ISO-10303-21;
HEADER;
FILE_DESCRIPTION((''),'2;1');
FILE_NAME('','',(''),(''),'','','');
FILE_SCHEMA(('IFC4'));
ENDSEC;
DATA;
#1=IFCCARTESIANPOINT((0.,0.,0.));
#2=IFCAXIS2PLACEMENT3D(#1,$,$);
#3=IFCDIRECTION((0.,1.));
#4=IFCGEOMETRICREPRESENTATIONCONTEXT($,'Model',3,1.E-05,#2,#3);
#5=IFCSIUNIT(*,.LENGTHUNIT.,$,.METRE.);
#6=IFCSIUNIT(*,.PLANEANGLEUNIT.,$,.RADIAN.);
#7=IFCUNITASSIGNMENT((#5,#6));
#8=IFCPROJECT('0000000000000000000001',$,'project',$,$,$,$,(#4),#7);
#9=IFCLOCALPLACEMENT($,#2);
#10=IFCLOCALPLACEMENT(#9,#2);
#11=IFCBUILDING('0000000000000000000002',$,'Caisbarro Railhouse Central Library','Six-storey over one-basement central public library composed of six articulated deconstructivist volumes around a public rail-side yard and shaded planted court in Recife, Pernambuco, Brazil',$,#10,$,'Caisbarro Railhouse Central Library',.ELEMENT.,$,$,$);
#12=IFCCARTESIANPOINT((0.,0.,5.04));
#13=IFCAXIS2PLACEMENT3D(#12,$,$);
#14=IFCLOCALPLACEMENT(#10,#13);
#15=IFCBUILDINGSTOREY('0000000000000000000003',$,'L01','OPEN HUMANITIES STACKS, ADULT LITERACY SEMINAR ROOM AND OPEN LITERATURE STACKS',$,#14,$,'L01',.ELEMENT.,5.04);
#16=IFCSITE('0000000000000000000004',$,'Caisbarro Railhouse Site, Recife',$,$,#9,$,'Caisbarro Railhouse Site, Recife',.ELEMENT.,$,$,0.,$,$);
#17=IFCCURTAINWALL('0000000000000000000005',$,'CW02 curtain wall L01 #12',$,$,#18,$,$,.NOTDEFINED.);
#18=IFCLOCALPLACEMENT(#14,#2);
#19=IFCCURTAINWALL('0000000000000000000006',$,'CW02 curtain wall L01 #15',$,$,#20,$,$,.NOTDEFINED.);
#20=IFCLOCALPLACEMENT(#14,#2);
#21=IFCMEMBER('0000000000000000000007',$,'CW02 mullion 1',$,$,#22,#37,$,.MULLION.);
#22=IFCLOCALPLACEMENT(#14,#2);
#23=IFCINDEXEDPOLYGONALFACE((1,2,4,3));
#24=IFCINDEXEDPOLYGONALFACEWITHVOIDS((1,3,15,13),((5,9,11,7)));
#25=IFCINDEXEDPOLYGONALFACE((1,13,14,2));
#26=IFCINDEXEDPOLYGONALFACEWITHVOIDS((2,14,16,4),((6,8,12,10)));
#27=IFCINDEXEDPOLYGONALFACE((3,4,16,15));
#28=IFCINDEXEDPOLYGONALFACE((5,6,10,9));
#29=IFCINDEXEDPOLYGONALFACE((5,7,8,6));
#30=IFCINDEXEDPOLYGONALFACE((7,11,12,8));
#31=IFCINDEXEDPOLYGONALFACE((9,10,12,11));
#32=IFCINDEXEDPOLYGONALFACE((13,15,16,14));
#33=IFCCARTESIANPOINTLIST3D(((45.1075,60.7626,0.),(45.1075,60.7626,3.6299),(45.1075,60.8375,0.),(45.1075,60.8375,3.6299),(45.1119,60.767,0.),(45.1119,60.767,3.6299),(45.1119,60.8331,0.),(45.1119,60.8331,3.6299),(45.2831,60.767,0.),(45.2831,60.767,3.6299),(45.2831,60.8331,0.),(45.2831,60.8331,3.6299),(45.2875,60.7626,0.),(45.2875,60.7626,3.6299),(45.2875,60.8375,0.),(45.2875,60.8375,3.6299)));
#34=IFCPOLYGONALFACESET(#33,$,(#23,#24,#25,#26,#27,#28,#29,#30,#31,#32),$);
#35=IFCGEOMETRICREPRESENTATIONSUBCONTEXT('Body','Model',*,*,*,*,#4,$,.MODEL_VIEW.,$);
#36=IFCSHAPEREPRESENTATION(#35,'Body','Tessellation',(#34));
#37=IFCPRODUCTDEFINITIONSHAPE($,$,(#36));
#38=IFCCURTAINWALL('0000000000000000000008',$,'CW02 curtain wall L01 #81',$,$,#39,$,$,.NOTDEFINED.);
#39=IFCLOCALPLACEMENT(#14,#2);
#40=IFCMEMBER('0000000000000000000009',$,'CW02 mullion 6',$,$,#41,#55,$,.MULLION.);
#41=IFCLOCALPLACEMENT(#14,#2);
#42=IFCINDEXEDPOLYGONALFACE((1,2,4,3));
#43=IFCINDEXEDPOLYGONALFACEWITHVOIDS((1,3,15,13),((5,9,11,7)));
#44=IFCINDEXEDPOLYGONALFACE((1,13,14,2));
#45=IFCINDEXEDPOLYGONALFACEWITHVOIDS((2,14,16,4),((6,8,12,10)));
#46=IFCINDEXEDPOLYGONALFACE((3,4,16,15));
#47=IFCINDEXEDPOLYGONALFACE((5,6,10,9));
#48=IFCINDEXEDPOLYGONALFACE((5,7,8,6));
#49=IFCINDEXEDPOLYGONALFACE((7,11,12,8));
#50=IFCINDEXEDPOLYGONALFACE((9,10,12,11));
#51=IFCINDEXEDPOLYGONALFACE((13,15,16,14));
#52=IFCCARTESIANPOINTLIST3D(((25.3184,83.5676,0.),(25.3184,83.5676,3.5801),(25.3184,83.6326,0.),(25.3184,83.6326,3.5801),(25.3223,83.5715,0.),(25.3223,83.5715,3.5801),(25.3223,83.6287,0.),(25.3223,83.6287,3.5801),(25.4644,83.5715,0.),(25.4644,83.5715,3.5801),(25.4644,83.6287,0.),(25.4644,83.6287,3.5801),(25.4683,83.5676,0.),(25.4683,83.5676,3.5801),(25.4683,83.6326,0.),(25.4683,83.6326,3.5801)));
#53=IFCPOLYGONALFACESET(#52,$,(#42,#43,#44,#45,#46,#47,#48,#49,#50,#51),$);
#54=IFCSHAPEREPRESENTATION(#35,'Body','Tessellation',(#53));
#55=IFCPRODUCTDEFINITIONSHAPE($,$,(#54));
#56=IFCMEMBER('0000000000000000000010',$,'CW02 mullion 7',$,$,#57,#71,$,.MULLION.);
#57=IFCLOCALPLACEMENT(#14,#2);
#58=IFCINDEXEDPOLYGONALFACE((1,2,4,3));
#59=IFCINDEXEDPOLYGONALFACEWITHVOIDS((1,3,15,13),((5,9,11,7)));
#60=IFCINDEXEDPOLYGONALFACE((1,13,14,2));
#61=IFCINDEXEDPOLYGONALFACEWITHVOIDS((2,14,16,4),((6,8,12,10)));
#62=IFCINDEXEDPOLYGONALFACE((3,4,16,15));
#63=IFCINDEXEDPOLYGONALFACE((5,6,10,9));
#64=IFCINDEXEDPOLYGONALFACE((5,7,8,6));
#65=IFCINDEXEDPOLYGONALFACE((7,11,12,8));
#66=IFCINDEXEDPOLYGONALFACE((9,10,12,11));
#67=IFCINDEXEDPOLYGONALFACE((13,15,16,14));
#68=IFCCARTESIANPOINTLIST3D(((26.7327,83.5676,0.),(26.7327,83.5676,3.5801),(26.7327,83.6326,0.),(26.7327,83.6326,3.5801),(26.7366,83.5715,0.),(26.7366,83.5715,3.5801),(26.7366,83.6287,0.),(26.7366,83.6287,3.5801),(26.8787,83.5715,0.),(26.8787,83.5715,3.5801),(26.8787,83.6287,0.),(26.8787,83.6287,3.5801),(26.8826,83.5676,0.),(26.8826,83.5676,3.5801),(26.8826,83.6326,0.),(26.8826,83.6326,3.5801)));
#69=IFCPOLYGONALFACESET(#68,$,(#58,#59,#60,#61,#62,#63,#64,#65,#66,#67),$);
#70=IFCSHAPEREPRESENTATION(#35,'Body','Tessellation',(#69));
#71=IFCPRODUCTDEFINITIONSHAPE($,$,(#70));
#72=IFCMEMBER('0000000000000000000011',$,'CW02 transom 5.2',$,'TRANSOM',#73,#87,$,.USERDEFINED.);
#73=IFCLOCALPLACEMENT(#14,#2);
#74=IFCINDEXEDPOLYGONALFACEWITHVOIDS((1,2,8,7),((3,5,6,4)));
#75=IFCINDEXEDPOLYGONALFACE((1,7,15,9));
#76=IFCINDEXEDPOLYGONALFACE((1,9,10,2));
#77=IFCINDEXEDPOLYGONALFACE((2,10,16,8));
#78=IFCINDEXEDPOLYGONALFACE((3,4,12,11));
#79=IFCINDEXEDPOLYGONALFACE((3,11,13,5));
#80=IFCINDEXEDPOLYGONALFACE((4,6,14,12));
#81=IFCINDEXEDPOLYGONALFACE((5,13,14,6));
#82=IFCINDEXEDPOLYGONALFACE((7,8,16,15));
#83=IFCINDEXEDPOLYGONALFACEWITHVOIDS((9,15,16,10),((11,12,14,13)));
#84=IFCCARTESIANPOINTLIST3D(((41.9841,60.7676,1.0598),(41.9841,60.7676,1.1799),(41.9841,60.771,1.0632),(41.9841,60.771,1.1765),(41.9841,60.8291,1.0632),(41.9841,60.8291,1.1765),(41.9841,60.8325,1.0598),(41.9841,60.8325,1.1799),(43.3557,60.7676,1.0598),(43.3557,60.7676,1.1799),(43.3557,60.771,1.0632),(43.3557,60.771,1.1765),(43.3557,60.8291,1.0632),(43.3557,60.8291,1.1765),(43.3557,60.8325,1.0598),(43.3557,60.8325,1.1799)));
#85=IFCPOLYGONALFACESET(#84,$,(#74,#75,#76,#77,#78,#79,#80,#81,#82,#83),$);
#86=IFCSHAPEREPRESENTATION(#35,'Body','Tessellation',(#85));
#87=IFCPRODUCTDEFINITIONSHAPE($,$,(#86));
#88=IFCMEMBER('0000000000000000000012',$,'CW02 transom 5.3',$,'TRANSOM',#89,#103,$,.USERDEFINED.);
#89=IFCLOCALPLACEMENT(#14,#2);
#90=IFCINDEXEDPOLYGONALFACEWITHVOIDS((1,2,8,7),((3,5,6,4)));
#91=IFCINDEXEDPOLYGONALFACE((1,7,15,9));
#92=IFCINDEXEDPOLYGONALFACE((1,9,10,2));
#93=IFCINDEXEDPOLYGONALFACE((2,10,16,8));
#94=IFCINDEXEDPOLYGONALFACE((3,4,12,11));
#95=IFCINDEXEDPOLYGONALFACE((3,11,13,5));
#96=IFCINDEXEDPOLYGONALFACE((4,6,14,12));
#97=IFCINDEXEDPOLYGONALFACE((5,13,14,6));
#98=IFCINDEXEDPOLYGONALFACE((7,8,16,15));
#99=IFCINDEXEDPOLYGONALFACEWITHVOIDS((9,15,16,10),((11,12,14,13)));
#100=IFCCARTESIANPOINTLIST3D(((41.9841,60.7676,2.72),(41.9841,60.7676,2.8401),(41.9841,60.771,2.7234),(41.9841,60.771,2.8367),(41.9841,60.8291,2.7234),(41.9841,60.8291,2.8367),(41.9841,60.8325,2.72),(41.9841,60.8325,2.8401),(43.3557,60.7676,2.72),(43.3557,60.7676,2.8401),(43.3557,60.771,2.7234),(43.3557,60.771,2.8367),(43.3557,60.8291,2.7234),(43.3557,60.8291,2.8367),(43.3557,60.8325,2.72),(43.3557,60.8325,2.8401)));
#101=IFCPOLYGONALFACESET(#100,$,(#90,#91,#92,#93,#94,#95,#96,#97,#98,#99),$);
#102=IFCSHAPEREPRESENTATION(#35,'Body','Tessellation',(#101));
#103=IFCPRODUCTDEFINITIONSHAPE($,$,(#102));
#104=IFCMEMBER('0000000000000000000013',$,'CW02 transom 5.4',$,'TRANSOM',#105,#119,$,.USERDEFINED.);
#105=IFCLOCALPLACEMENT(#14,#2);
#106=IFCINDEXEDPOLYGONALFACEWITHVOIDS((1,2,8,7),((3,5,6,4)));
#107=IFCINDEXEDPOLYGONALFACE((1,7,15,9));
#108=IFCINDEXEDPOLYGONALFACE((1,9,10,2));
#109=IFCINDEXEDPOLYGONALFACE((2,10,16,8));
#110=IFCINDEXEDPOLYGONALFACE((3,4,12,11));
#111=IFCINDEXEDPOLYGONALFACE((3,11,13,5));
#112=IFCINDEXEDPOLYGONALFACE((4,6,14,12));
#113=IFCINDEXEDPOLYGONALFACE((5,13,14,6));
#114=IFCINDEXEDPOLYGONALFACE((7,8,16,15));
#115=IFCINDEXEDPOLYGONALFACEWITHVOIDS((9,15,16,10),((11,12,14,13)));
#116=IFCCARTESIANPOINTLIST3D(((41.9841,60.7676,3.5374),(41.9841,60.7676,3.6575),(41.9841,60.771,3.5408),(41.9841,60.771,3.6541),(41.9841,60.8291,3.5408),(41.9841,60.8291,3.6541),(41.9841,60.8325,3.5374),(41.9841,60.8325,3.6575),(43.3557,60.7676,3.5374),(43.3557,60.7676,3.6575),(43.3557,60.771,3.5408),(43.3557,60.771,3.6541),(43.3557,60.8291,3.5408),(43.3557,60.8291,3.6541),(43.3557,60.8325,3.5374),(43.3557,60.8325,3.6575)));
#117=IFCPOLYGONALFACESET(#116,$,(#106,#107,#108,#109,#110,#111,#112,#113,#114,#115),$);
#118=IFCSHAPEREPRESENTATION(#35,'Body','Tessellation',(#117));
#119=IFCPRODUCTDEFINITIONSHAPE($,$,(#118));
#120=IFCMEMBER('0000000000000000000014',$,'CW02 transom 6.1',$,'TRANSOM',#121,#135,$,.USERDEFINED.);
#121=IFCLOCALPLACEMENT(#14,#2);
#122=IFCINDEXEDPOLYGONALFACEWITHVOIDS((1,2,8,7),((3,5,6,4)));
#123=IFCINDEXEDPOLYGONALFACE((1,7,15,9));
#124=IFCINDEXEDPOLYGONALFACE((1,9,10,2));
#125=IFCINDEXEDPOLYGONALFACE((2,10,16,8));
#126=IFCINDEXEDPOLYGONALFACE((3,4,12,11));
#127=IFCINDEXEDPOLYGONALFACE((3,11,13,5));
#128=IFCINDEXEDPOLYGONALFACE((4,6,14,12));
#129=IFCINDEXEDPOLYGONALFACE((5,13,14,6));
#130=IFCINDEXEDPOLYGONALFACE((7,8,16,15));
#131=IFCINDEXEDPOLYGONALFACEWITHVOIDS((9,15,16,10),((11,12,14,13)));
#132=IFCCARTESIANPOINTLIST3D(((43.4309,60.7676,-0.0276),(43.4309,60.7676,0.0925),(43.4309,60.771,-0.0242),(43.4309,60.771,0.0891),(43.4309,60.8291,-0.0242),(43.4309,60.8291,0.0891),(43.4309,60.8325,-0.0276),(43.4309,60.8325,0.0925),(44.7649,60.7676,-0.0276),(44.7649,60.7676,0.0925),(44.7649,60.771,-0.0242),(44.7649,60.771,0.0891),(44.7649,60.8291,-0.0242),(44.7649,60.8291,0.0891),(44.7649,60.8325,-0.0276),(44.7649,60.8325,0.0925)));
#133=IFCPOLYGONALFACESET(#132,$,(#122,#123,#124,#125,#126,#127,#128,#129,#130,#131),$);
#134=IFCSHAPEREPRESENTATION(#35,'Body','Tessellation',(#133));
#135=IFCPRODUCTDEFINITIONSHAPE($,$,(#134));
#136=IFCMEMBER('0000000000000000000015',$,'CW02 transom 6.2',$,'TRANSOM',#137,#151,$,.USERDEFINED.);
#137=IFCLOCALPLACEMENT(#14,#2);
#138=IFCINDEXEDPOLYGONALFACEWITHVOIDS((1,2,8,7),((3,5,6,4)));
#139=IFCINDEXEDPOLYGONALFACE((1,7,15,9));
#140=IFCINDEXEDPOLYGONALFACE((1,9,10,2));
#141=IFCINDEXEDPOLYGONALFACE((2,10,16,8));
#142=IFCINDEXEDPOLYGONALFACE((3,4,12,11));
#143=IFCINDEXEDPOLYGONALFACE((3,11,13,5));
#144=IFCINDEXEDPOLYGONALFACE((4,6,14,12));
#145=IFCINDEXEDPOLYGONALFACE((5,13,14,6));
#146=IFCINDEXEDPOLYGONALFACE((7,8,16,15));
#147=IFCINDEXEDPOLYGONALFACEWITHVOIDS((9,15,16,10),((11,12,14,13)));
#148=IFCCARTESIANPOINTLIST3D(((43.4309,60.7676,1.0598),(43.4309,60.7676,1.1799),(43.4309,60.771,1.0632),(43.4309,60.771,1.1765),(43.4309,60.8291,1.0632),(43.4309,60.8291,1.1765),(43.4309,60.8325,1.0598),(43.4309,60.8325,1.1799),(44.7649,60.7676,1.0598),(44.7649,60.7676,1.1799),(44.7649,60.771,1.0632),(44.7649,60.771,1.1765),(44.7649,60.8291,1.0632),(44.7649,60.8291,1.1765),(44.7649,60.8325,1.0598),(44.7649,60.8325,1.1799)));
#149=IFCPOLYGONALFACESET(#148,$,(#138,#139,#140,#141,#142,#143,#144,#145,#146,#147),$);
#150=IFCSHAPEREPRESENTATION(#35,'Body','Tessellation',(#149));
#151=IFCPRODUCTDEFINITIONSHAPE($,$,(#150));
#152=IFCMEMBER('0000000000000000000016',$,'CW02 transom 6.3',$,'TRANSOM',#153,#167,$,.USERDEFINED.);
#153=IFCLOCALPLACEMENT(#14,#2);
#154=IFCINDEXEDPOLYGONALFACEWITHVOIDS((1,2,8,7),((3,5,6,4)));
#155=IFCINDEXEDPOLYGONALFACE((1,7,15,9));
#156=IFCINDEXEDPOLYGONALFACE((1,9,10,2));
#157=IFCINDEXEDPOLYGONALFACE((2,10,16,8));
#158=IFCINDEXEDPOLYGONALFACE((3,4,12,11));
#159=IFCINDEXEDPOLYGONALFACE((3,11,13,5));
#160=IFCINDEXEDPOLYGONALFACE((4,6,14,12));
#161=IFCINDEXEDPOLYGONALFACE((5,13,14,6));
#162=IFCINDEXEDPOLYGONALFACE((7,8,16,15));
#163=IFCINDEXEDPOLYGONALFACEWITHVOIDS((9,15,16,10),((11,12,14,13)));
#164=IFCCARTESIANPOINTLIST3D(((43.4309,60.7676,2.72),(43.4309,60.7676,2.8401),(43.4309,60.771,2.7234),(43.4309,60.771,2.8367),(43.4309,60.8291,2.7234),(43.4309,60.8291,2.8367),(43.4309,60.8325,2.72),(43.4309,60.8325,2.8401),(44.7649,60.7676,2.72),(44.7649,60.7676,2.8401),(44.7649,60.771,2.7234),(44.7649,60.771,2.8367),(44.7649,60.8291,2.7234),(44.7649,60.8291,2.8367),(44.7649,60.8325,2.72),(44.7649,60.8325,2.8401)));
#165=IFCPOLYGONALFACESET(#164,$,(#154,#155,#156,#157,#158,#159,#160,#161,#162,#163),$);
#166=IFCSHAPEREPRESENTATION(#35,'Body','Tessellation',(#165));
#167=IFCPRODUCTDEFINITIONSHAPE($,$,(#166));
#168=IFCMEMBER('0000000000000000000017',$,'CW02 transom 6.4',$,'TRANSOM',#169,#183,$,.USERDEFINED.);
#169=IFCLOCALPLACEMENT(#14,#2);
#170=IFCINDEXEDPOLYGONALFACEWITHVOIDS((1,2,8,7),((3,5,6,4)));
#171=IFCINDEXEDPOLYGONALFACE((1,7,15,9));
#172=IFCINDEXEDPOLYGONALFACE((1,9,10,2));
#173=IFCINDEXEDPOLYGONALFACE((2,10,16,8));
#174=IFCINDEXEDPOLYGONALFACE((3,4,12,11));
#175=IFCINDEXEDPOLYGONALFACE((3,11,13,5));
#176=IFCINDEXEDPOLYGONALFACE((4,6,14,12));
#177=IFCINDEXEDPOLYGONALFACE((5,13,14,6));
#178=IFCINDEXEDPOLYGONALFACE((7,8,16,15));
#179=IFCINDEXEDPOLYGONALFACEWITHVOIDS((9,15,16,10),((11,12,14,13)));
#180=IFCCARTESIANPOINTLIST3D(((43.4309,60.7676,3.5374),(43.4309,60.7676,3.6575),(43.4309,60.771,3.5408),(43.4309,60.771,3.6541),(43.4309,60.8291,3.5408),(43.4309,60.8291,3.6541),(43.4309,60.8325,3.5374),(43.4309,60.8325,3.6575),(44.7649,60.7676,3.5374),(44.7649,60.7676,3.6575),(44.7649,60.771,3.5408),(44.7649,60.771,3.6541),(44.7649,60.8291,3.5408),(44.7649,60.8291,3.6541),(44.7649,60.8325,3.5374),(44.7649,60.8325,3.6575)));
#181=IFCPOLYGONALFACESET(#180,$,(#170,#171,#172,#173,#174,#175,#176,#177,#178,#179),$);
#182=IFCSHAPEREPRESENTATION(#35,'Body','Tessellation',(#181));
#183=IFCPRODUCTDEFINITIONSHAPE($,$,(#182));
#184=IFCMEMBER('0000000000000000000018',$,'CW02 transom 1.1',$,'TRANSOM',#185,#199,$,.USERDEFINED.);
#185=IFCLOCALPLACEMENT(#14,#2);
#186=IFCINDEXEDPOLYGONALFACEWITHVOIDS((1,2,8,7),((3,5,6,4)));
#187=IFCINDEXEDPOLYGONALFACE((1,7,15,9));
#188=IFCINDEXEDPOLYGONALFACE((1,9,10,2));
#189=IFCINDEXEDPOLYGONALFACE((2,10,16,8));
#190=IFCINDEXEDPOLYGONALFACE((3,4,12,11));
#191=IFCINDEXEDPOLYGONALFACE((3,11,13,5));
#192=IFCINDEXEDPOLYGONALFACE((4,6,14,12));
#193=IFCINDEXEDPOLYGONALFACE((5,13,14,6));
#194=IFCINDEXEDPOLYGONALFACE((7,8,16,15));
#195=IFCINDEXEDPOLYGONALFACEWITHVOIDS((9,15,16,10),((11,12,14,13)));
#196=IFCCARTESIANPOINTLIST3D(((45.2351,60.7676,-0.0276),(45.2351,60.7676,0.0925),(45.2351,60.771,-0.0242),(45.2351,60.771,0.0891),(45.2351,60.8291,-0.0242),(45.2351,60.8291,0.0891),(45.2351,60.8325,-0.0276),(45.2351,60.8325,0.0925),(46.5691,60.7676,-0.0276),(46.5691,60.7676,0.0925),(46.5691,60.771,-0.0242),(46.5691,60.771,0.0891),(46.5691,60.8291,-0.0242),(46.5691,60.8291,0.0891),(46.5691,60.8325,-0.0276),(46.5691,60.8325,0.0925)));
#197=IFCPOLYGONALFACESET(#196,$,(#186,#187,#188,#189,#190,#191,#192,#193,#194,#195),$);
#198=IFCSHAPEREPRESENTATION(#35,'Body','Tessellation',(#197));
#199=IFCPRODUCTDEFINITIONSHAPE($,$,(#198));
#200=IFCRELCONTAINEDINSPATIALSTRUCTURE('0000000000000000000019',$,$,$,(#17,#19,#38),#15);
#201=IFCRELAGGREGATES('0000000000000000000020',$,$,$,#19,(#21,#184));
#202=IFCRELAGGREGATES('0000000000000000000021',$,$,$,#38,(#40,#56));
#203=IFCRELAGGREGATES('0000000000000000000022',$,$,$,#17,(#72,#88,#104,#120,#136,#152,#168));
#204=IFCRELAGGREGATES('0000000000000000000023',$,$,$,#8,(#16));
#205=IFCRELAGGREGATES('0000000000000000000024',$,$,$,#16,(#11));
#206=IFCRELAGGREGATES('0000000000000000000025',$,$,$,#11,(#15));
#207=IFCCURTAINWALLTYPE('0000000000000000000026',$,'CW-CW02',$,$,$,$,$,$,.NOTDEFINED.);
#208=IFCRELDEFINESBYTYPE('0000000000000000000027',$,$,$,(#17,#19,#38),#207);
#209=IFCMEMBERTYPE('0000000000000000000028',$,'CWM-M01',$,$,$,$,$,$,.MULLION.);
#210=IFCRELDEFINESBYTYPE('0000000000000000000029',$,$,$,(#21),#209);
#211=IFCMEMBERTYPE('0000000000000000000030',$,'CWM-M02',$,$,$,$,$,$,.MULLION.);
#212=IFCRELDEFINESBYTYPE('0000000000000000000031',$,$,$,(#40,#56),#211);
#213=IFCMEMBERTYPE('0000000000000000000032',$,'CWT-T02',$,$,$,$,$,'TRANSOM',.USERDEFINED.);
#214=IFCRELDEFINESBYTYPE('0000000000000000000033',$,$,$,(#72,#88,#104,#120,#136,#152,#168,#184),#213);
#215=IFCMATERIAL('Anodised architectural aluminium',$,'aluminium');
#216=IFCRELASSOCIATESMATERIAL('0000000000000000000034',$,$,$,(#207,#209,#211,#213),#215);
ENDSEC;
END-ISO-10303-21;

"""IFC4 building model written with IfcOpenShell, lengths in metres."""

from ifc_helpers import new_model, si_unit, direction, frame, origin, origin_2d, place, context, subcontext, project, spatial, hollow_rectangle, extrude, material, material_profile, profile_set, type_object, element, aggregate, save


model = new_model("IFC4")

# Units and contexts
model_context = context("Model", 3, precision=1e-05, world=origin(), true_north=direction((0.0, 1.0)))
body_context = subcontext(model_context, "Body", "Model", "MODEL_VIEW")
ifc_project = project(units=[si_unit("LENGTHUNIT", "METRE"), si_unit("PLANEANGLEUNIT", "RADIAN")], contexts=[model_context])

# Site, building, storey
site_placement = place(None, origin())
site = spatial("IfcSite", under=ifc_project, at=site_placement, Name="Caisbarro Railhouse Site, Recife", LongName="Caisbarro Railhouse Site, Recife", CompositionType="ELEMENT", RefElevation=0.0)
building_placement = place(site_placement, origin())
building = spatial("IfcBuilding", under=site, at=building_placement, Name="Caisbarro Railhouse Central Library", Description="Six-storey over one-basement central public library composed of six articulated deconstructivist volumes around a public rail-side yard and shaded planted court in Recife, Pernambuco, Brazil", LongName="Caisbarro Railhouse Central Library", CompositionType="ELEMENT")
storey_placement = place(building_placement, frame((0.0, 0.0, 5.04)))
storey = spatial("IfcBuildingStorey", under=building, at=storey_placement, Name="L01", Description="OPEN HUMANITIES STACKS, ADULT LITERACY SEMINAR ROOM AND OPEN LITERATURE STACKS", LongName="L01", CompositionType="ELEMENT", Elevation=5.04)

# Curtain wall
ifc_material_1 = material(Name="Anodised architectural aluminium", Category="aluminium")
curtain_wall_type = type_object("IfcCurtainWallType", Name="CW-CW02", PredefinedType="NOTDEFINED", material=ifc_material_1)
curtain_wall_1_placement = place(storey_placement, origin())
curtain_wall_1 = element("IfcCurtainWall", 1, at=curtain_wall_1_placement, inside=storey, type_object=curtain_wall_type, Name="CW02 curtain wall L01 #12", PredefinedType="NOTDEFINED")
ifc_material_profile_1 = material_profile(ifc_material_1, hollow_rectangle(XDim=0.075, YDim=0.1799, WallThickness=0.0044, at=origin_2d()), Name="ALU-MUL-75X180")
ifc_profile_set_1 = profile_set([ifc_material_profile_1], Name="Anodised architectural aluminium")
member_type_1 = type_object("IfcMemberType", Name="CWM-M01", PredefinedType="MULLION", material=ifc_profile_set_1)

# Curtain wall, member
curtain_wall_2_placement = place(storey_placement, origin())
curtain_wall_2 = element("IfcCurtainWall", 2, at=curtain_wall_2_placement, inside=storey, type_object=curtain_wall_type, Name="CW02 curtain wall L01 #15", PredefinedType="NOTDEFINED")
member_1_placement = place(storey_placement, frame((45.1975, 60.8, 0.0), z_axis=(0.0, 0.0, 1.0), x_axis=(0.0, 1.0, 0.0)))
member_1 = element("IfcMember", 3, at=member_1_placement, type_object=member_type_1, Name="CW02 mullion 1", PredefinedType="MULLION", context=body_context, shape_type="SweptSolid", body=[
    extrude(hollow_rectangle(XDim=0.075, YDim=0.1799, WallThickness=0.0044, at=origin_2d()), origin(), (0.0, 0.0, 1.0), 3.6299),
])

# Curtain wall, members
curtain_wall_3_placement = place(storey_placement, origin())
curtain_wall_3 = element("IfcCurtainWall", 4, at=curtain_wall_3_placement, inside=storey, type_object=curtain_wall_type, Name="CW02 curtain wall L01 #81", PredefinedType="NOTDEFINED")
ifc_material_profile_2 = material_profile(ifc_material_1, hollow_rectangle(XDim=0.0649, YDim=0.1499, WallThickness=0.0039, at=origin_2d()), Name="ALU-MUL-65X150")
ifc_profile_set_2 = profile_set([ifc_material_profile_2], Name="Anodised architectural aluminium")
member_type_2 = type_object("IfcMemberType", Name="CWM-M02", PredefinedType="MULLION", material=ifc_profile_set_2)
member_2_placement = place(storey_placement, frame((25.3933, 83.6001, 0.0), z_axis=(0.0, 0.0, 1.0), x_axis=(0.0, 1.0, 0.0)))
member_2 = element("IfcMember", 5, at=member_2_placement, type_object=member_type_2, Name="CW02 mullion 6", PredefinedType="MULLION", context=body_context, shape_type="SweptSolid", body=[
    extrude(hollow_rectangle(XDim=0.0649, YDim=0.1499, WallThickness=0.0039, at=origin_2d()), origin(), (0.0, 0.0, 1.0), 3.5801),
])
member_3_placement = place(storey_placement, frame((26.8076, 83.6001, 0.0), z_axis=(0.0, 0.0, 1.0), x_axis=(0.0, 1.0, 0.0)))
member_3 = element("IfcMember", 6, at=member_3_placement, type_object=member_type_2, Name="CW02 mullion 7", PredefinedType="MULLION", context=body_context, shape_type="SweptSolid", body=[
    extrude(hollow_rectangle(XDim=0.0649, YDim=0.1499, WallThickness=0.0039, at=origin_2d()), origin(), (0.0, 0.0, 1.0), 3.5801),
])

# Members
ifc_material_profile_3 = material_profile(ifc_material_1, hollow_rectangle(XDim=0.0649, YDim=0.1201, WallThickness=0.0034, at=origin_2d()), Name="ALU-TRN-65X120")
ifc_profile_set_3 = profile_set([ifc_material_profile_3], Name="Anodised architectural aluminium")
member_type_3 = type_object("IfcMemberType", Name="CWT-T02", ElementType="TRANSOM", PredefinedType="USERDEFINED", material=ifc_profile_set_3)
member_4_placement = place(storey_placement, frame((41.9841, 60.8, 1.1199), z_axis=(1.0, 0.0, 0.0), x_axis=(0.0, 1.0, 0.0)))
member_4 = element("IfcMember", 7, at=member_4_placement, type_object=member_type_3, Name="CW02 transom 5.2", ObjectType="TRANSOM", PredefinedType="USERDEFINED", context=body_context, shape_type="SweptSolid", body=[
    extrude(hollow_rectangle(XDim=0.0649, YDim=0.1201, WallThickness=0.0034, at=origin_2d()), origin(), (0.0, 0.0, 1.0), 1.3716),
])
member_5_placement = place(storey_placement, frame((41.9841, 60.8, 2.78), z_axis=(1.0, 0.0, 0.0), x_axis=(0.0, 1.0, 0.0)))
member_5 = element("IfcMember", 8, at=member_5_placement, type_object=member_type_3, Name="CW02 transom 5.3", ObjectType="TRANSOM", PredefinedType="USERDEFINED", context=body_context, shape_type="SweptSolid", body=[
    extrude(hollow_rectangle(XDim=0.0649, YDim=0.1201, WallThickness=0.0034, at=origin_2d()), origin(), (0.0, 0.0, 1.0), 1.3716),
])
member_6_placement = place(storey_placement, frame((41.9841, 60.8, 3.5974), z_axis=(1.0, 0.0, 0.0), x_axis=(0.0, 1.0, 0.0)))
member_6 = element("IfcMember", 9, at=member_6_placement, type_object=member_type_3, Name="CW02 transom 5.4", ObjectType="TRANSOM", PredefinedType="USERDEFINED", context=body_context, shape_type="SweptSolid", body=[
    extrude(hollow_rectangle(XDim=0.0649, YDim=0.1201, WallThickness=0.0034, at=origin_2d()), origin(), (0.0, 0.0, 1.0), 1.3716),
])
member_7_placement = place(storey_placement, frame((43.4309, 60.8, 0.0325), z_axis=(1.0, 0.0, 0.0), x_axis=(0.0, 1.0, 0.0)))
member_7 = element("IfcMember", 10, at=member_7_placement, type_object=member_type_3, Name="CW02 transom 6.1", ObjectType="TRANSOM", PredefinedType="USERDEFINED", context=body_context, shape_type="SweptSolid", body=[
    extrude(hollow_rectangle(XDim=0.0649, YDim=0.1201, WallThickness=0.0034, at=origin_2d()), origin(), (0.0, 0.0, 1.0), 1.334),
])
member_8_placement = place(storey_placement, frame((43.4309, 60.8, 1.1199), z_axis=(1.0, 0.0, 0.0), x_axis=(0.0, 1.0, 0.0)))
member_8 = element("IfcMember", 11, at=member_8_placement, type_object=member_type_3, Name="CW02 transom 6.2", ObjectType="TRANSOM", PredefinedType="USERDEFINED", context=body_context, shape_type="SweptSolid", body=[
    extrude(hollow_rectangle(XDim=0.0649, YDim=0.1201, WallThickness=0.0034, at=origin_2d()), origin(), (0.0, 0.0, 1.0), 1.334),
])
member_9_placement = place(storey_placement, frame((43.4309, 60.8, 2.78), z_axis=(1.0, 0.0, 0.0), x_axis=(0.0, 1.0, 0.0)))
member_9 = element("IfcMember", 12, at=member_9_placement, type_object=member_type_3, Name="CW02 transom 6.3", ObjectType="TRANSOM", PredefinedType="USERDEFINED", context=body_context, shape_type="SweptSolid", body=[
    extrude(hollow_rectangle(XDim=0.0649, YDim=0.1201, WallThickness=0.0034, at=origin_2d()), origin(), (0.0, 0.0, 1.0), 1.334),
])
member_10_placement = place(storey_placement, frame((43.4309, 60.8, 3.5974), z_axis=(1.0, 0.0, 0.0), x_axis=(0.0, 1.0, 0.0)))
member_10 = element("IfcMember", 13, at=member_10_placement, type_object=member_type_3, Name="CW02 transom 6.4", ObjectType="TRANSOM", PredefinedType="USERDEFINED", context=body_context, shape_type="SweptSolid", body=[
    extrude(hollow_rectangle(XDim=0.0649, YDim=0.1201, WallThickness=0.0034, at=origin_2d()), origin(), (0.0, 0.0, 1.0), 1.334),
])
member_11_placement = place(storey_placement, frame((45.2351, 60.8, 0.0325), z_axis=(1.0, 0.0, 0.0), x_axis=(0.0, 1.0, 0.0)))
member_11 = element("IfcMember", 14, at=member_11_placement, type_object=member_type_3, Name="CW02 transom 1.1", ObjectType="TRANSOM", PredefinedType="USERDEFINED", context=body_context, shape_type="SweptSolid", body=[
    extrude(hollow_rectangle(XDim=0.0649, YDim=0.1201, WallThickness=0.0034, at=origin_2d()), origin(), (0.0, 0.0, 1.0), 1.334),
])
aggregate(curtain_wall_2, [member_1, member_11])

aggregate(curtain_wall_3, [member_2, member_3])
aggregate(curtain_wall_1, [member_4, member_5, member_6, member_7, member_8, member_9, member_10])

save(model, "model.ifc")
